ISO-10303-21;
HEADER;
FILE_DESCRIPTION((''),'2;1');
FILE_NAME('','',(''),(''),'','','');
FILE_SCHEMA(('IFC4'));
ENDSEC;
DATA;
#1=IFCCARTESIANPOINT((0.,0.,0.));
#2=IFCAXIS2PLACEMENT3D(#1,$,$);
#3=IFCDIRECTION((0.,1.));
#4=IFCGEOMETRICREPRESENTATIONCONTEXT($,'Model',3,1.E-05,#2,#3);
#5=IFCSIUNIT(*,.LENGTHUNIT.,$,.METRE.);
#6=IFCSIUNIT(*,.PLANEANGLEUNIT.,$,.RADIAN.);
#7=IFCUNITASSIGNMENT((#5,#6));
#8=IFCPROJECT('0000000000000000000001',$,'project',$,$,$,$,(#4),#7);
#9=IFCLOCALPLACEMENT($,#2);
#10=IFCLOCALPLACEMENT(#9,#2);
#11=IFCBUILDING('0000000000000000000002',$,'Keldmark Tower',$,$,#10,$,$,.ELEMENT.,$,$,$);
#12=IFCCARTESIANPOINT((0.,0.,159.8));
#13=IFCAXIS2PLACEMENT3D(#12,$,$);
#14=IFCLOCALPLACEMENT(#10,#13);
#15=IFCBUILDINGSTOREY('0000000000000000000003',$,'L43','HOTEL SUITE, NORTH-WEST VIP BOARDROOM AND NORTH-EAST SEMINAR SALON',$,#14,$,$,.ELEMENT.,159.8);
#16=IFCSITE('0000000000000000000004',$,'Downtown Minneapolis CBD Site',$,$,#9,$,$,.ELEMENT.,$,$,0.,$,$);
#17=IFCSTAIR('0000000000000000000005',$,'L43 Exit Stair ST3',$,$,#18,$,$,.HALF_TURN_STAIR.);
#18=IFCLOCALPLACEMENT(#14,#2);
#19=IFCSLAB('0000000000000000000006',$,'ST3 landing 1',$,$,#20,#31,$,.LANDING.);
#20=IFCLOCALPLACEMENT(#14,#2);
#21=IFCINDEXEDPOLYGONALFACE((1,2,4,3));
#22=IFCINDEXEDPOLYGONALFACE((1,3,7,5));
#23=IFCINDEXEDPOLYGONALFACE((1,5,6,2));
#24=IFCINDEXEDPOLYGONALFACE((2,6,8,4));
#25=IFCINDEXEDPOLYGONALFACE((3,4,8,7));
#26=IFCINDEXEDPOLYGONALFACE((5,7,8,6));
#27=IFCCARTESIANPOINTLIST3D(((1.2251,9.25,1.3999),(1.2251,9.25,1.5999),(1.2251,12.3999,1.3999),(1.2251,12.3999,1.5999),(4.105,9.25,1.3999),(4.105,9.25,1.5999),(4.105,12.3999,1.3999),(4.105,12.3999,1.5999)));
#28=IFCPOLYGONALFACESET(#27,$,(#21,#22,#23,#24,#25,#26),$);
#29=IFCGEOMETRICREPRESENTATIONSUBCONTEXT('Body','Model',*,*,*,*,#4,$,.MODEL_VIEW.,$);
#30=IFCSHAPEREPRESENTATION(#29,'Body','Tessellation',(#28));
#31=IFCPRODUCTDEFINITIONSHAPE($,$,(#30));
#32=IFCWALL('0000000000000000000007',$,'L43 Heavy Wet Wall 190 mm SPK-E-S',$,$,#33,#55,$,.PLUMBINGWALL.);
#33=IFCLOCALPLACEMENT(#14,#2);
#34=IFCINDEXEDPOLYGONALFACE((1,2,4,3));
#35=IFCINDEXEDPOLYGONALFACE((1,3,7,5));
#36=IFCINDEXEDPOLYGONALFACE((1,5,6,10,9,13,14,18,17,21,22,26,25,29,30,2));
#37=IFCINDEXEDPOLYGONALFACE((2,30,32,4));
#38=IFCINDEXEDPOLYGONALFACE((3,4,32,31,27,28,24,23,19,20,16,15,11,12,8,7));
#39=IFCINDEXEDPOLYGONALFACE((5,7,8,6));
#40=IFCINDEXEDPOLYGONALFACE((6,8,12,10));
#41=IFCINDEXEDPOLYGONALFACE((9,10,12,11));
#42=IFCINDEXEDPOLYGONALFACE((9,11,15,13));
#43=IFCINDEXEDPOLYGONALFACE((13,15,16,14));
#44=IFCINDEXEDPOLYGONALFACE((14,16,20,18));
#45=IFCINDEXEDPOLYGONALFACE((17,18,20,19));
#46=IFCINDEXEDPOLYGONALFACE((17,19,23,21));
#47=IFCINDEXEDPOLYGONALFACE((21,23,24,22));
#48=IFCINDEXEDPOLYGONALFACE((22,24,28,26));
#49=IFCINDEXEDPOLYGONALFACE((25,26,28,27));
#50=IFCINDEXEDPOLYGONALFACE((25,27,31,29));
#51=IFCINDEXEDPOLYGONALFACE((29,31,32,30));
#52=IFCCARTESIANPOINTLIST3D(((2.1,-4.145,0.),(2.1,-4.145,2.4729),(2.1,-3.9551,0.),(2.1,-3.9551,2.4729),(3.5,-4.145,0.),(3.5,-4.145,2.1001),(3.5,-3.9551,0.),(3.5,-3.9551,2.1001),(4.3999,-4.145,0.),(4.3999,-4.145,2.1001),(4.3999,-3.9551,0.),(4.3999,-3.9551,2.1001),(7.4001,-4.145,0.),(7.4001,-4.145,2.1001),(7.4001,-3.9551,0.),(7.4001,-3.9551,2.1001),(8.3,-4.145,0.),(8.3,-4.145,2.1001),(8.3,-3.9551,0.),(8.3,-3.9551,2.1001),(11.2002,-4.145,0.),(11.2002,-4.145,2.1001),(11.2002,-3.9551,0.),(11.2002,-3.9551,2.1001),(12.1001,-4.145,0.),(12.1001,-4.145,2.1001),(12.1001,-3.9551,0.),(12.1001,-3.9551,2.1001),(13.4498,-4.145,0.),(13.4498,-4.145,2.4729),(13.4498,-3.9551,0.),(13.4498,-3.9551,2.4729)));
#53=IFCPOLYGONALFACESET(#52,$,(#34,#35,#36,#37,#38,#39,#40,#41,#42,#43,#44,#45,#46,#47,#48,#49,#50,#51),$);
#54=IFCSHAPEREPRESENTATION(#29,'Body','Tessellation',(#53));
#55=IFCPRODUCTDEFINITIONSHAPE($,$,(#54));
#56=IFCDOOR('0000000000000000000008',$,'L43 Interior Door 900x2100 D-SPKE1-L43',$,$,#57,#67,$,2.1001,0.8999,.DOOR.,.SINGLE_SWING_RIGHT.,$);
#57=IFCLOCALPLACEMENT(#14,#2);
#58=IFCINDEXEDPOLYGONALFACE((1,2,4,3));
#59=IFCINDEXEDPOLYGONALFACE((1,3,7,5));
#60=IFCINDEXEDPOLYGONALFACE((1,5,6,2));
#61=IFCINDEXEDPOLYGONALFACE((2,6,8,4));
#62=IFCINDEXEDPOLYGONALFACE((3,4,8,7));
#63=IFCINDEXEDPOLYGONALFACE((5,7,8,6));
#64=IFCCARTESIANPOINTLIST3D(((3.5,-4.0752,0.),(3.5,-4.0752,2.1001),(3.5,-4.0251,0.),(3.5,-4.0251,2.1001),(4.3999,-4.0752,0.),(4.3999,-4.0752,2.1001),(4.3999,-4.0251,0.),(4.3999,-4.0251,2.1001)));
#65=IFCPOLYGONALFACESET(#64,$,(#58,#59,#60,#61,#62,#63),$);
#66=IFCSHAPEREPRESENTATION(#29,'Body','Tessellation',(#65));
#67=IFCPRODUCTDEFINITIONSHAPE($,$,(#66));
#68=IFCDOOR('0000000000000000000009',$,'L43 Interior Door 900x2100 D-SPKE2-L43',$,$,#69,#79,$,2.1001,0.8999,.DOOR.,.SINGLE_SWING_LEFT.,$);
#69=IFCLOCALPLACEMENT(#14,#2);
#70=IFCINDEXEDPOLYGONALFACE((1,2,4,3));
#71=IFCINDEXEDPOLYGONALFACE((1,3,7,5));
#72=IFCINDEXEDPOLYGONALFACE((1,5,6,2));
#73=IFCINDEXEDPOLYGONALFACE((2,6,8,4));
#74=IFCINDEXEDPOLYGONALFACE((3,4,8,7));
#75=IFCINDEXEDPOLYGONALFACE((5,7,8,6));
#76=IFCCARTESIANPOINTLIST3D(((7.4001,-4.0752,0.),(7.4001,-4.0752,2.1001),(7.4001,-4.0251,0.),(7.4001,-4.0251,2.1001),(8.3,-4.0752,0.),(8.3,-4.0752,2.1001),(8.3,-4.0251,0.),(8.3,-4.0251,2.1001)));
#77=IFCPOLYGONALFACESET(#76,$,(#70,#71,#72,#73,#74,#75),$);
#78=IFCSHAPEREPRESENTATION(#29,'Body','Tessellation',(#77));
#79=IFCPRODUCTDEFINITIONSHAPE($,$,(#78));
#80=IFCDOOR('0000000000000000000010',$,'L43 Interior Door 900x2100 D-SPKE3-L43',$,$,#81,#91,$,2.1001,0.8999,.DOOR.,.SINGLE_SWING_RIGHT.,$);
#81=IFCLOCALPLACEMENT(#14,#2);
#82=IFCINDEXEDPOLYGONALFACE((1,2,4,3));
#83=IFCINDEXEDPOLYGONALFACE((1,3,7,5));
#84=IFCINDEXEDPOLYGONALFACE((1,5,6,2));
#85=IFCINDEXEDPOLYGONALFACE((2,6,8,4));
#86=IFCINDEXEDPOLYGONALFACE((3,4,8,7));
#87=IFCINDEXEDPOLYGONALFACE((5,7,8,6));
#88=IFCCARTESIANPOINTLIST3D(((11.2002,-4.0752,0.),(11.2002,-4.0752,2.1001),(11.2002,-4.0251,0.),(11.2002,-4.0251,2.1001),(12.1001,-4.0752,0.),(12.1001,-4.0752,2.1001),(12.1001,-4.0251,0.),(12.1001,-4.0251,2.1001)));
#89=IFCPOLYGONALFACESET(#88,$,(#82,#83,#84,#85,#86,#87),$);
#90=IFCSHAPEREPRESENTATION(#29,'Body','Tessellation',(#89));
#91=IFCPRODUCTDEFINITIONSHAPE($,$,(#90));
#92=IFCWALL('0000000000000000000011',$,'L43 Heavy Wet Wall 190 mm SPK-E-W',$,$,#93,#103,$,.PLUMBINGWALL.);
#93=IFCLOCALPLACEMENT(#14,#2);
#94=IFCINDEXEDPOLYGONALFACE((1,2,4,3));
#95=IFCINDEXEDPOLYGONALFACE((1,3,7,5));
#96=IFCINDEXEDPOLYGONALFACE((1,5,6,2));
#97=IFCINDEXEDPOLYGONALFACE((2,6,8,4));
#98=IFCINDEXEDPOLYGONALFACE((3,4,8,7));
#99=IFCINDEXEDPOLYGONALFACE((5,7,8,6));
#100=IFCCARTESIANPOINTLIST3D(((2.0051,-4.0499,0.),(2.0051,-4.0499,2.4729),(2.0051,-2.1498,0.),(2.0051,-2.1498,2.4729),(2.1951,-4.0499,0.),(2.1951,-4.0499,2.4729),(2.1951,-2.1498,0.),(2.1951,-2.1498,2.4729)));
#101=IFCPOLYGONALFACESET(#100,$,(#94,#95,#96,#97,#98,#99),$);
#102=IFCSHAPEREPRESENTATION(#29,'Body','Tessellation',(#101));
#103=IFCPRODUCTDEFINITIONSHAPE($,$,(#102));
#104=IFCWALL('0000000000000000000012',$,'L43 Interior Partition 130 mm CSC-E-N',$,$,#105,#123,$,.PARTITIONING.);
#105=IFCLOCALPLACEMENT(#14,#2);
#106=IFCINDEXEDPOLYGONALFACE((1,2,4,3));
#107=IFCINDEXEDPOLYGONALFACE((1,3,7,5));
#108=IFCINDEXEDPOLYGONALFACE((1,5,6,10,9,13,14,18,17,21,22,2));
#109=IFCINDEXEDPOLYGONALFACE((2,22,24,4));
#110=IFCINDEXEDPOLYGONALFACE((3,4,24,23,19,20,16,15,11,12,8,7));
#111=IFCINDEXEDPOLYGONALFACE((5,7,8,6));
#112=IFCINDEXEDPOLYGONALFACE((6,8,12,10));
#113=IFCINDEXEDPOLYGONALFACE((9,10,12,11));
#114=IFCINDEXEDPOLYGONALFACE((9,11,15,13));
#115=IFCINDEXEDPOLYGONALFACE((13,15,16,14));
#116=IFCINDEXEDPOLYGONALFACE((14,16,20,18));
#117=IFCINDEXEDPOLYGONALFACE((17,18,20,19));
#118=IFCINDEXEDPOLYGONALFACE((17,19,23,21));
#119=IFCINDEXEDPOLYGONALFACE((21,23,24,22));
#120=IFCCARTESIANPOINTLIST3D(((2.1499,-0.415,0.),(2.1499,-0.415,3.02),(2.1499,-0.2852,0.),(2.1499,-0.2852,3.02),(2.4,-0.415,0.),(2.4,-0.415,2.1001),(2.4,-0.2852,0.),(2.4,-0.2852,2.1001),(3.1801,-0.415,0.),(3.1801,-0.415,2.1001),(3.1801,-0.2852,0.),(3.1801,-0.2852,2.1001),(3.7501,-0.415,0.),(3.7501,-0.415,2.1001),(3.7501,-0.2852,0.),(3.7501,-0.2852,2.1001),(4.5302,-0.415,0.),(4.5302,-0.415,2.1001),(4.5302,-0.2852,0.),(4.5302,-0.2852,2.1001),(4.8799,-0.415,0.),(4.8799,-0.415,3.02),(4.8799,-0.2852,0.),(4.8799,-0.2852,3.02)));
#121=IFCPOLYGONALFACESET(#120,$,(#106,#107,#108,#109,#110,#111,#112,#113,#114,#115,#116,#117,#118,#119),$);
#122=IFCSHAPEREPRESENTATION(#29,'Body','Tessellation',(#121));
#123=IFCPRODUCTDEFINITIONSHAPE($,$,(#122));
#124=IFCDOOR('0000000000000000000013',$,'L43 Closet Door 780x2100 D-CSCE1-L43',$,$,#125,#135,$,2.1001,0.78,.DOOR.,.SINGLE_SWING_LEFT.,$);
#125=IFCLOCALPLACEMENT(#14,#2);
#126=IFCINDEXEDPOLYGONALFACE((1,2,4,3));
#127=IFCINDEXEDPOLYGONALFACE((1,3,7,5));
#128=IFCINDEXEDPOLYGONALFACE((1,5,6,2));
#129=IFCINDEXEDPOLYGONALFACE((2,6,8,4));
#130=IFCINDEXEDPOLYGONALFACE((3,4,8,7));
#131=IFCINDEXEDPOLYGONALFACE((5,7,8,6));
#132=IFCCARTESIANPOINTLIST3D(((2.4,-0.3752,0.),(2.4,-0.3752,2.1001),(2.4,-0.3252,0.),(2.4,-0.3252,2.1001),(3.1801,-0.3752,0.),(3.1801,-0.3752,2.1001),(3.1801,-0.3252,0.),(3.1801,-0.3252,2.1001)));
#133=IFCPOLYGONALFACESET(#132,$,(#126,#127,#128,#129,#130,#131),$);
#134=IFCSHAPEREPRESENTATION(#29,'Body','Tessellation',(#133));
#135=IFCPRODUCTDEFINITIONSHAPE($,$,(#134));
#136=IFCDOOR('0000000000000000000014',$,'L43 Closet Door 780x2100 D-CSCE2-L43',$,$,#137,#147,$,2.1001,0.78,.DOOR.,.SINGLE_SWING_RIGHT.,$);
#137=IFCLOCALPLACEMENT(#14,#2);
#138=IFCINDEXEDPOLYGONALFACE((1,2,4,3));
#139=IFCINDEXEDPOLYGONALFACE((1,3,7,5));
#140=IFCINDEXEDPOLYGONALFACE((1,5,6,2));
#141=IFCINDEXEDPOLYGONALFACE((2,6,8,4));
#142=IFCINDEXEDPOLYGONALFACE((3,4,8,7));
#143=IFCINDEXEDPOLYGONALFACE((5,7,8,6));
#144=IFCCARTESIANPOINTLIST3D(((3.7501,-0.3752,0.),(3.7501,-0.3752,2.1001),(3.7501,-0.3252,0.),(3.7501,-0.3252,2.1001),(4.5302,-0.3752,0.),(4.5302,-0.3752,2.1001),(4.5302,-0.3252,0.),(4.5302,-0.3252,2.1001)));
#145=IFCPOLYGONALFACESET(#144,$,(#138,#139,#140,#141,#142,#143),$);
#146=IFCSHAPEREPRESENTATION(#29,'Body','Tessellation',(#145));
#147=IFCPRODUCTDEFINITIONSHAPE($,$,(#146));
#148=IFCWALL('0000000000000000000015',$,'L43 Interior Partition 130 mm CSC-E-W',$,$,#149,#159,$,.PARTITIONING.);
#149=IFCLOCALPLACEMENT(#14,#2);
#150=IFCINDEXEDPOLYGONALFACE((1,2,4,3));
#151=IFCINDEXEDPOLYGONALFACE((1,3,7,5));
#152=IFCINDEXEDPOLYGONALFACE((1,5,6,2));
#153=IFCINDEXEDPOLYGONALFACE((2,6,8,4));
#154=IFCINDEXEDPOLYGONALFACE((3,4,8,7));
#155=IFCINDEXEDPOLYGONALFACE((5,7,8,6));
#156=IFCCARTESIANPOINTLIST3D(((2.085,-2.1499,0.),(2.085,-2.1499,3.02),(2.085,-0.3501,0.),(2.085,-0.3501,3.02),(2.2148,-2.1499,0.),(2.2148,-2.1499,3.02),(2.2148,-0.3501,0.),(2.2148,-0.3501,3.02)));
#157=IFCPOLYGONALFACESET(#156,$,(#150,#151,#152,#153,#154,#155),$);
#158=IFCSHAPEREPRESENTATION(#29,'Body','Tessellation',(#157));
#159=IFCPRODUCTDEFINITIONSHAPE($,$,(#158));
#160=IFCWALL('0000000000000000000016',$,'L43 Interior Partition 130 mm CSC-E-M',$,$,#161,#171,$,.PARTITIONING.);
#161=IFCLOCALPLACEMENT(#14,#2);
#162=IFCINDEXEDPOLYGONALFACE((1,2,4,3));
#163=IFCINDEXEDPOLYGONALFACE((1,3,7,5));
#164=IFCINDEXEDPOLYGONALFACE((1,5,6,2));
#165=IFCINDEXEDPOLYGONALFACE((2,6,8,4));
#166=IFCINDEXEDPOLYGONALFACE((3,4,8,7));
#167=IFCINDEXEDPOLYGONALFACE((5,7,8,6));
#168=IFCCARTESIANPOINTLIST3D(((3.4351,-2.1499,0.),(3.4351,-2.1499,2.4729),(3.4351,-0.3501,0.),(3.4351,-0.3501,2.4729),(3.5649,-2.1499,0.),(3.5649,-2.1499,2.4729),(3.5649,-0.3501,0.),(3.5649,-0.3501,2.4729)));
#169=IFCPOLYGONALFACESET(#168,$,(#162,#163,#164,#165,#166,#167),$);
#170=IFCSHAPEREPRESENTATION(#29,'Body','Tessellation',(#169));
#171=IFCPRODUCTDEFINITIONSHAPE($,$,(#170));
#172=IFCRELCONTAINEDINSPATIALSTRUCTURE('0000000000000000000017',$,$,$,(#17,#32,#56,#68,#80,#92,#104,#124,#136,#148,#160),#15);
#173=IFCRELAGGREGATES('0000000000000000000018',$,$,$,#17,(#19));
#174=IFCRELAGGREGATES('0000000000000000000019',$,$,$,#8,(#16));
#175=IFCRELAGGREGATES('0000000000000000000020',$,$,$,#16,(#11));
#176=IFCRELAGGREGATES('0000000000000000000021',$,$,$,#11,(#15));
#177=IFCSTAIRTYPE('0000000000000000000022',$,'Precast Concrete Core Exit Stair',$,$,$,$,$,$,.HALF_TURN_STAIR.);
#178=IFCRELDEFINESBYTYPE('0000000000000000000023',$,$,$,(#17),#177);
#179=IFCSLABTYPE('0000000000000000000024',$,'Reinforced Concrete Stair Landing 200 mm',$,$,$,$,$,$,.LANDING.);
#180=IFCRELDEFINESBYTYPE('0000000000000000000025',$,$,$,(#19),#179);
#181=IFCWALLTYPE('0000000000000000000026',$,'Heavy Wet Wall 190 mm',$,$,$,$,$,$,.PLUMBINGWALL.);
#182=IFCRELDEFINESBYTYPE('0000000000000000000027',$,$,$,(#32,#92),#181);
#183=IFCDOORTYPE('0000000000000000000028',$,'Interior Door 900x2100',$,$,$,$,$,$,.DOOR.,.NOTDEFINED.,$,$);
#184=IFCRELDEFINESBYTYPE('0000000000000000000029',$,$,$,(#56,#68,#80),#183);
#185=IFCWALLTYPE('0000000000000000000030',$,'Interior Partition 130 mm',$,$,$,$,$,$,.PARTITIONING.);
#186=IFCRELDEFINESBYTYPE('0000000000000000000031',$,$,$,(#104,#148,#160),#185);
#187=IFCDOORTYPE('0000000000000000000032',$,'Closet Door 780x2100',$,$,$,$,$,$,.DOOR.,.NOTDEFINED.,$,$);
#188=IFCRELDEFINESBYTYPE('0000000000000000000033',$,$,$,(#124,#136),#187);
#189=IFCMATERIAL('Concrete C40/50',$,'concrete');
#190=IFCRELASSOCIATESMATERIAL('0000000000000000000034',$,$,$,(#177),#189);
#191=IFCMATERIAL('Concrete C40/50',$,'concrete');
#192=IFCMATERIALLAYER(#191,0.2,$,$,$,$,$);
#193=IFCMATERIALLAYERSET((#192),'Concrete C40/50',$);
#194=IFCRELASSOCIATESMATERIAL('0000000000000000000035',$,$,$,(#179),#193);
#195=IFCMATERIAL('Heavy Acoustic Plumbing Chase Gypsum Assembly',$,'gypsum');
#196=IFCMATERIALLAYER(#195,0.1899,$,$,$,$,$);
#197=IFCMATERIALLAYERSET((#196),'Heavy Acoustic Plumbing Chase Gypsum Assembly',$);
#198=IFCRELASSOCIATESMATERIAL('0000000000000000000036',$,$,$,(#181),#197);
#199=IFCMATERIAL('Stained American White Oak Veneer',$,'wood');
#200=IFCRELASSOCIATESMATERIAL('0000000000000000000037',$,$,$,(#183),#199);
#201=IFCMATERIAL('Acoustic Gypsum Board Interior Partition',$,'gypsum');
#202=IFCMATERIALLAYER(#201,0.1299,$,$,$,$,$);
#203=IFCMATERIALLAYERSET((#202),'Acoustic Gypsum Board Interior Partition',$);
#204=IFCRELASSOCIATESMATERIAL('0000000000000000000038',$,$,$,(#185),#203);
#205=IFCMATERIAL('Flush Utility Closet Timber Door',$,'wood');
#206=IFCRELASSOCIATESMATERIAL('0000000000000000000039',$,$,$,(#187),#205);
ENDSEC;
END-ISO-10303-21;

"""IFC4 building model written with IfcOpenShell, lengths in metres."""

from ifc_helpers import new_model, si_unit, direction, frame, frame_2d, origin, place, context, subcontext, project, spatial, polyline, rectangle, outline, extrude, material, layer, layer_set, type_object, element, fill, aggregate, save


model = new_model("IFC4")

# Units and contexts
model_context = context("Model", 3, precision=1e-05, world=origin(), true_north=direction((0.0, 1.0)))
body_context = subcontext(model_context, "Body", "Model", "MODEL_VIEW")
ifc_project = project(units=[si_unit("LENGTHUNIT", "METRE"), si_unit("PLANEANGLEUNIT", "RADIAN")], contexts=[model_context])

# Site, building, storey
site_placement = place(None, origin())
site = spatial("IfcSite", under=ifc_project, at=site_placement, Name="Downtown Minneapolis CBD Site", CompositionType="ELEMENT", RefElevation=0.0)
building_placement = place(site_placement, origin())
building = spatial("IfcBuilding", under=site, at=building_placement, Name="Keldmark Tower", CompositionType="ELEMENT")
storey_placement = place(building_placement, frame((0.0, 0.0, 159.8)))
storey = spatial("IfcBuildingStorey", under=building, at=storey_placement, Name="L43", Description="HOTEL SUITE, NORTH-WEST VIP BOARDROOM AND NORTH-EAST SEMINAR SALON", CompositionType="ELEMENT", Elevation=159.8)

# Stair, slab
ifc_material_1 = material(Name="Concrete C40/50", Category="concrete")
stair_type = type_object("IfcStairType", Name="Precast Concrete Core Exit Stair", PredefinedType="HALF_TURN_STAIR", material=ifc_material_1)
ifc_material_2 = material(Name="Concrete C40/50", Category="concrete")
ifc_layer_1 = layer(ifc_material_2, 0.2)
ifc_layer_set_1 = layer_set([ifc_layer_1], Name="Concrete C40/50")
slab_type_1 = type_object("IfcSlabType", Name="Reinforced Concrete Stair Landing 200 mm", PredefinedType="LANDING", material=ifc_layer_set_1)
stair_1_placement = place(storey_placement, origin())
stair_1 = element("IfcStair", 1, at=stair_1_placement, inside=storey, type_object=stair_type, Name="L43 Exit Stair ST3", PredefinedType="HALF_TURN_STAIR")
slab_1_placement = place(storey_placement, frame((0.0, 0.0, 1.3999)))
slab_1 = element("IfcSlab", 2, at=slab_1_placement, type_object=slab_type_1, Name="ST3 landing 1", PredefinedType="LANDING", context=body_context, shape_type="SweptSolid", body=[
    extrude(outline(polyline([(1.2251, 9.25), (4.105, 9.25), (4.105, 12.3999), (1.2251, 12.3999), (1.2251, 9.25)])), origin(), (0.0, 0.0, 1.0), 0.2),
])
aggregate(stair_1, [slab_1])

# Wall, openings, doors
ifc_material_3 = material(Name="Heavy Acoustic Plumbing Chase Gypsum Assembly", Category="gypsum")
ifc_layer_2 = layer(ifc_material_3, 0.1899)
ifc_layer_set_2 = layer_set([ifc_layer_2], Name="Heavy Acoustic Plumbing Chase Gypsum Assembly")
wall_type_1 = type_object("IfcWallType", Name="Heavy Wet Wall 190 mm", PredefinedType="PLUMBINGWALL", material=ifc_layer_set_2)
wall_1_placement = place(storey_placement, frame((2.1001, -4.05, 0.0), z_axis=(0.0, 0.0, 1.0), x_axis=(1.0, 0.0, 0.0)))
wall_1 = element("IfcWall", 3, at=wall_1_placement, inside=storey, type_object=wall_type_1, Name="L43 Heavy Wet Wall 190 mm SPK-E-S", PredefinedType="PLUMBINGWALL", context=body_context, shape_type="SweptSolid", body=[
    extrude(rectangle(XDim=11.3499, YDim=0.1899, at=frame_2d((5.6748, 0.0))), origin(), (0.0, 0.0, 1.0), 2.4729),
])
opening_1_placement = place(wall_1_placement, frame((1.3999, 0.0, 0.0)))
opening_1 = element("IfcOpeningElement", 4, at=opening_1_placement, cuts=wall_1, PredefinedType="OPENING", context=body_context, shape_type="SweptSolid", body=[
    extrude(rectangle(XDim=0.8999, YDim=2.1001, at=frame_2d((0.45, 1.05))), frame((0.0, 0.105, 0.0), z_axis=(0.0, -1.0, 0.0), x_axis=(1.0, 0.0, 0.0)), (0.0, 0.0, 1.0), 0.21),
])
opening_2_placement = place(wall_1_placement, frame((5.3, 0.0, 0.0)))
opening_2 = element("IfcOpeningElement", 5, at=opening_2_placement, cuts=wall_1, PredefinedType="OPENING", context=body_context, shape_type="SweptSolid", body=[
    extrude(rectangle(XDim=0.8999, YDim=2.1001, at=frame_2d((0.45, 1.05))), frame((0.0, 0.105, 0.0), z_axis=(0.0, -1.0, 0.0), x_axis=(1.0, 0.0, 0.0)), (0.0, 0.0, 1.0), 0.21),
])
opening_3_placement = place(wall_1_placement, frame((9.1001, 0.0, 0.0)))
opening_3 = element("IfcOpeningElement", 6, at=opening_3_placement, cuts=wall_1, PredefinedType="OPENING", context=body_context, shape_type="SweptSolid", body=[
    extrude(rectangle(XDim=0.8999, YDim=2.1001, at=frame_2d((0.45, 1.05))), frame((0.0, 0.105, 0.0), z_axis=(0.0, -1.0, 0.0), x_axis=(1.0, 0.0, 0.0)), (0.0, 0.0, 1.0), 0.21),
])
ifc_material_4 = material(Name="Stained American White Oak Veneer", Category="wood")
door_type_1 = type_object("IfcDoorType", Name="Interior Door 900x2100", OperationType="NOTDEFINED", PredefinedType="DOOR", material=ifc_material_4)
door_1_placement = place(opening_1_placement, origin())
door_1 = element("IfcDoor", 7, at=door_1_placement, inside=storey, type_object=door_type_1, Name="L43 Interior Door 900x2100 D-SPKE1-L43", OperationType="SINGLE_SWING_RIGHT", OverallHeight=2.1001, OverallWidth=0.8999, PredefinedType="DOOR", context=body_context, shape_type="SweptSolid", body=[
    extrude(rectangle(XDim=0.8999, YDim=2.1001, at=frame_2d((0.45, 1.05))), frame((0.0, 0.0249, 0.0), z_axis=(0.0, -1.0, 0.0), x_axis=(1.0, 0.0, 0.0)), (0.0, 0.0, 1.0), 0.05),
])
fill(opening_1, door_1)
door_2_placement = place(opening_2_placement, origin())
door_2 = element("IfcDoor", 8, at=door_2_placement, inside=storey, type_object=door_type_1, Name="L43 Interior Door 900x2100 D-SPKE2-L43", OperationType="SINGLE_SWING_LEFT", OverallHeight=2.1001, OverallWidth=0.8999, PredefinedType="DOOR", context=body_context, shape_type="SweptSolid", body=[
    extrude(rectangle(XDim=0.8999, YDim=2.1001, at=frame_2d((0.45, 1.05))), frame((0.0, 0.0249, 0.0), z_axis=(0.0, -1.0, 0.0), x_axis=(1.0, 0.0, 0.0)), (0.0, 0.0, 1.0), 0.05),
])
fill(opening_2, door_2)
door_3_placement = place(opening_3_placement, origin())
door_3 = element("IfcDoor", 9, at=door_3_placement, inside=storey, type_object=door_type_1, Name="L43 Interior Door 900x2100 D-SPKE3-L43", OperationType="SINGLE_SWING_RIGHT", OverallHeight=2.1001, OverallWidth=0.8999, PredefinedType="DOOR", context=body_context, shape_type="SweptSolid", body=[
    extrude(rectangle(XDim=0.8999, YDim=2.1001, at=frame_2d((0.45, 1.05))), frame((0.0, 0.0249, 0.0), z_axis=(0.0, -1.0, 0.0), x_axis=(1.0, 0.0, 0.0)), (0.0, 0.0, 1.0), 0.05),
])
fill(opening_3, door_3)

# Wall
wall_2_placement = place(storey_placement, frame((2.1001, -4.05, 0.0), z_axis=(0.0, 0.0, 1.0), x_axis=(0.0, 1.0, 0.0)))
element("IfcWall", 10, at=wall_2_placement, inside=storey, type_object=wall_type_1, Name="L43 Heavy Wet Wall 190 mm SPK-E-W", PredefinedType="PLUMBINGWALL", context=body_context, shape_type="SweptSolid", body=[
    extrude(rectangle(XDim=1.9001, YDim=0.1899, at=frame_2d((0.9502, 0.0))), origin(), (0.0, 0.0, 1.0), 2.4729),
])

# Wall, openings, doors
ifc_material_5 = material(Name="Acoustic Gypsum Board Interior Partition", Category="gypsum")
ifc_layer_3 = layer(ifc_material_5, 0.1299)
ifc_layer_set_3 = layer_set([ifc_layer_3], Name="Acoustic Gypsum Board Interior Partition")
wall_type_2 = type_object("IfcWallType", Name="Interior Partition 130 mm", PredefinedType="PARTITIONING", material=ifc_layer_set_3)
wall_3_placement = place(storey_placement, frame((2.1499, -0.3501, 0.0), z_axis=(0.0, 0.0, 1.0), x_axis=(1.0, 0.0, 0.0)))
wall_3 = element("IfcWall", 11, at=wall_3_placement, inside=storey, type_object=wall_type_2, Name="L43 Interior Partition 130 mm CSC-E-N", PredefinedType="PARTITIONING", context=body_context, shape_type="SweptSolid", body=[
    extrude(rectangle(XDim=2.73, YDim=0.1299, at=frame_2d((1.365, 0.0))), origin(), (0.0, 0.0, 1.0), 3.02),
])
opening_4_placement = place(wall_3_placement, frame((0.25, 0.0, 0.0)))
opening_4 = element("IfcOpeningElement", 12, at=opening_4_placement, cuts=wall_3, PredefinedType="OPENING", context=body_context, shape_type="SweptSolid", body=[
    extrude(rectangle(XDim=0.78, YDim=2.1001, at=frame_2d((0.3901, 1.05))), frame((0.0, 0.075, 0.0), z_axis=(0.0, -1.0, 0.0), x_axis=(1.0, 0.0, 0.0)), (0.0, 0.0, 1.0), 0.1499),
])
opening_5_placement = place(wall_3_placement, frame((1.6001, 0.0, 0.0)))
opening_5 = element("IfcOpeningElement", 13, at=opening_5_placement, cuts=wall_3, PredefinedType="OPENING", context=body_context, shape_type="SweptSolid", body=[
    extrude(rectangle(XDim=0.78, YDim=2.1001, at=frame_2d((0.3901, 1.05))), frame((0.0, 0.075, 0.0), z_axis=(0.0, -1.0, 0.0), x_axis=(1.0, 0.0, 0.0)), (0.0, 0.0, 1.0), 0.1499),
])
ifc_material_6 = material(Name="Flush Utility Closet Timber Door", Category="wood")
door_type_2 = type_object("IfcDoorType", Name="Closet Door 780x2100", OperationType="NOTDEFINED", PredefinedType="DOOR", material=ifc_material_6)
door_4_placement = place(opening_4_placement, origin())
door_4 = element("IfcDoor", 14, at=door_4_placement, inside=storey, type_object=door_type_2, Name="L43 Closet Door 780x2100 D-CSCE1-L43", OperationType="SINGLE_SWING_LEFT", OverallHeight=2.1001, OverallWidth=0.78, PredefinedType="DOOR", context=body_context, shape_type="SweptSolid", body=[
    extrude(rectangle(XDim=0.78, YDim=2.1001, at=frame_2d((0.3901, 1.05))), frame((0.0, 0.0249, 0.0), z_axis=(0.0, -1.0, 0.0), x_axis=(1.0, 0.0, 0.0)), (0.0, 0.0, 1.0), 0.05),
])
fill(opening_4, door_4)
door_5_placement = place(opening_5_placement, origin())
door_5 = element("IfcDoor", 15, at=door_5_placement, inside=storey, type_object=door_type_2, Name="L43 Closet Door 780x2100 D-CSCE2-L43", OperationType="SINGLE_SWING_RIGHT", OverallHeight=2.1001, OverallWidth=0.78, PredefinedType="DOOR", context=body_context, shape_type="SweptSolid", body=[
    extrude(rectangle(XDim=0.78, YDim=2.1001, at=frame_2d((0.3901, 1.05))), frame((0.0, 0.0249, 0.0), z_axis=(0.0, -1.0, 0.0), x_axis=(1.0, 0.0, 0.0)), (0.0, 0.0, 1.0), 0.05),
])
fill(opening_5, door_5)

# Walls
wall_4_placement = place(storey_placement, frame((2.1499, -2.1499, 0.0), z_axis=(0.0, 0.0, 1.0), x_axis=(0.0, 1.0, 0.0)))
element("IfcWall", 16, at=wall_4_placement, inside=storey, type_object=wall_type_2, Name="L43 Interior Partition 130 mm CSC-E-W", PredefinedType="PARTITIONING", context=body_context, shape_type="SweptSolid", body=[
    extrude(rectangle(XDim=1.7998, YDim=0.1299, at=frame_2d((0.8999, 0.0))), origin(), (0.0, 0.0, 1.0), 3.02),
])
wall_5_placement = place(storey_placement, frame((3.5, -2.1499, 0.0), z_axis=(0.0, 0.0, 1.0), x_axis=(0.0, 1.0, 0.0)))
element("IfcWall", 17, at=wall_5_placement, inside=storey, type_object=wall_type_2, Name="L43 Interior Partition 130 mm CSC-E-M", PredefinedType="PARTITIONING", context=body_context, shape_type="SweptSolid", body=[
    extrude(rectangle(XDim=1.7998, YDim=0.1299, at=frame_2d((0.8999, 0.0))), origin(), (0.0, 0.0, 1.0), 2.4729),
])

save(model, "model.ifc")
